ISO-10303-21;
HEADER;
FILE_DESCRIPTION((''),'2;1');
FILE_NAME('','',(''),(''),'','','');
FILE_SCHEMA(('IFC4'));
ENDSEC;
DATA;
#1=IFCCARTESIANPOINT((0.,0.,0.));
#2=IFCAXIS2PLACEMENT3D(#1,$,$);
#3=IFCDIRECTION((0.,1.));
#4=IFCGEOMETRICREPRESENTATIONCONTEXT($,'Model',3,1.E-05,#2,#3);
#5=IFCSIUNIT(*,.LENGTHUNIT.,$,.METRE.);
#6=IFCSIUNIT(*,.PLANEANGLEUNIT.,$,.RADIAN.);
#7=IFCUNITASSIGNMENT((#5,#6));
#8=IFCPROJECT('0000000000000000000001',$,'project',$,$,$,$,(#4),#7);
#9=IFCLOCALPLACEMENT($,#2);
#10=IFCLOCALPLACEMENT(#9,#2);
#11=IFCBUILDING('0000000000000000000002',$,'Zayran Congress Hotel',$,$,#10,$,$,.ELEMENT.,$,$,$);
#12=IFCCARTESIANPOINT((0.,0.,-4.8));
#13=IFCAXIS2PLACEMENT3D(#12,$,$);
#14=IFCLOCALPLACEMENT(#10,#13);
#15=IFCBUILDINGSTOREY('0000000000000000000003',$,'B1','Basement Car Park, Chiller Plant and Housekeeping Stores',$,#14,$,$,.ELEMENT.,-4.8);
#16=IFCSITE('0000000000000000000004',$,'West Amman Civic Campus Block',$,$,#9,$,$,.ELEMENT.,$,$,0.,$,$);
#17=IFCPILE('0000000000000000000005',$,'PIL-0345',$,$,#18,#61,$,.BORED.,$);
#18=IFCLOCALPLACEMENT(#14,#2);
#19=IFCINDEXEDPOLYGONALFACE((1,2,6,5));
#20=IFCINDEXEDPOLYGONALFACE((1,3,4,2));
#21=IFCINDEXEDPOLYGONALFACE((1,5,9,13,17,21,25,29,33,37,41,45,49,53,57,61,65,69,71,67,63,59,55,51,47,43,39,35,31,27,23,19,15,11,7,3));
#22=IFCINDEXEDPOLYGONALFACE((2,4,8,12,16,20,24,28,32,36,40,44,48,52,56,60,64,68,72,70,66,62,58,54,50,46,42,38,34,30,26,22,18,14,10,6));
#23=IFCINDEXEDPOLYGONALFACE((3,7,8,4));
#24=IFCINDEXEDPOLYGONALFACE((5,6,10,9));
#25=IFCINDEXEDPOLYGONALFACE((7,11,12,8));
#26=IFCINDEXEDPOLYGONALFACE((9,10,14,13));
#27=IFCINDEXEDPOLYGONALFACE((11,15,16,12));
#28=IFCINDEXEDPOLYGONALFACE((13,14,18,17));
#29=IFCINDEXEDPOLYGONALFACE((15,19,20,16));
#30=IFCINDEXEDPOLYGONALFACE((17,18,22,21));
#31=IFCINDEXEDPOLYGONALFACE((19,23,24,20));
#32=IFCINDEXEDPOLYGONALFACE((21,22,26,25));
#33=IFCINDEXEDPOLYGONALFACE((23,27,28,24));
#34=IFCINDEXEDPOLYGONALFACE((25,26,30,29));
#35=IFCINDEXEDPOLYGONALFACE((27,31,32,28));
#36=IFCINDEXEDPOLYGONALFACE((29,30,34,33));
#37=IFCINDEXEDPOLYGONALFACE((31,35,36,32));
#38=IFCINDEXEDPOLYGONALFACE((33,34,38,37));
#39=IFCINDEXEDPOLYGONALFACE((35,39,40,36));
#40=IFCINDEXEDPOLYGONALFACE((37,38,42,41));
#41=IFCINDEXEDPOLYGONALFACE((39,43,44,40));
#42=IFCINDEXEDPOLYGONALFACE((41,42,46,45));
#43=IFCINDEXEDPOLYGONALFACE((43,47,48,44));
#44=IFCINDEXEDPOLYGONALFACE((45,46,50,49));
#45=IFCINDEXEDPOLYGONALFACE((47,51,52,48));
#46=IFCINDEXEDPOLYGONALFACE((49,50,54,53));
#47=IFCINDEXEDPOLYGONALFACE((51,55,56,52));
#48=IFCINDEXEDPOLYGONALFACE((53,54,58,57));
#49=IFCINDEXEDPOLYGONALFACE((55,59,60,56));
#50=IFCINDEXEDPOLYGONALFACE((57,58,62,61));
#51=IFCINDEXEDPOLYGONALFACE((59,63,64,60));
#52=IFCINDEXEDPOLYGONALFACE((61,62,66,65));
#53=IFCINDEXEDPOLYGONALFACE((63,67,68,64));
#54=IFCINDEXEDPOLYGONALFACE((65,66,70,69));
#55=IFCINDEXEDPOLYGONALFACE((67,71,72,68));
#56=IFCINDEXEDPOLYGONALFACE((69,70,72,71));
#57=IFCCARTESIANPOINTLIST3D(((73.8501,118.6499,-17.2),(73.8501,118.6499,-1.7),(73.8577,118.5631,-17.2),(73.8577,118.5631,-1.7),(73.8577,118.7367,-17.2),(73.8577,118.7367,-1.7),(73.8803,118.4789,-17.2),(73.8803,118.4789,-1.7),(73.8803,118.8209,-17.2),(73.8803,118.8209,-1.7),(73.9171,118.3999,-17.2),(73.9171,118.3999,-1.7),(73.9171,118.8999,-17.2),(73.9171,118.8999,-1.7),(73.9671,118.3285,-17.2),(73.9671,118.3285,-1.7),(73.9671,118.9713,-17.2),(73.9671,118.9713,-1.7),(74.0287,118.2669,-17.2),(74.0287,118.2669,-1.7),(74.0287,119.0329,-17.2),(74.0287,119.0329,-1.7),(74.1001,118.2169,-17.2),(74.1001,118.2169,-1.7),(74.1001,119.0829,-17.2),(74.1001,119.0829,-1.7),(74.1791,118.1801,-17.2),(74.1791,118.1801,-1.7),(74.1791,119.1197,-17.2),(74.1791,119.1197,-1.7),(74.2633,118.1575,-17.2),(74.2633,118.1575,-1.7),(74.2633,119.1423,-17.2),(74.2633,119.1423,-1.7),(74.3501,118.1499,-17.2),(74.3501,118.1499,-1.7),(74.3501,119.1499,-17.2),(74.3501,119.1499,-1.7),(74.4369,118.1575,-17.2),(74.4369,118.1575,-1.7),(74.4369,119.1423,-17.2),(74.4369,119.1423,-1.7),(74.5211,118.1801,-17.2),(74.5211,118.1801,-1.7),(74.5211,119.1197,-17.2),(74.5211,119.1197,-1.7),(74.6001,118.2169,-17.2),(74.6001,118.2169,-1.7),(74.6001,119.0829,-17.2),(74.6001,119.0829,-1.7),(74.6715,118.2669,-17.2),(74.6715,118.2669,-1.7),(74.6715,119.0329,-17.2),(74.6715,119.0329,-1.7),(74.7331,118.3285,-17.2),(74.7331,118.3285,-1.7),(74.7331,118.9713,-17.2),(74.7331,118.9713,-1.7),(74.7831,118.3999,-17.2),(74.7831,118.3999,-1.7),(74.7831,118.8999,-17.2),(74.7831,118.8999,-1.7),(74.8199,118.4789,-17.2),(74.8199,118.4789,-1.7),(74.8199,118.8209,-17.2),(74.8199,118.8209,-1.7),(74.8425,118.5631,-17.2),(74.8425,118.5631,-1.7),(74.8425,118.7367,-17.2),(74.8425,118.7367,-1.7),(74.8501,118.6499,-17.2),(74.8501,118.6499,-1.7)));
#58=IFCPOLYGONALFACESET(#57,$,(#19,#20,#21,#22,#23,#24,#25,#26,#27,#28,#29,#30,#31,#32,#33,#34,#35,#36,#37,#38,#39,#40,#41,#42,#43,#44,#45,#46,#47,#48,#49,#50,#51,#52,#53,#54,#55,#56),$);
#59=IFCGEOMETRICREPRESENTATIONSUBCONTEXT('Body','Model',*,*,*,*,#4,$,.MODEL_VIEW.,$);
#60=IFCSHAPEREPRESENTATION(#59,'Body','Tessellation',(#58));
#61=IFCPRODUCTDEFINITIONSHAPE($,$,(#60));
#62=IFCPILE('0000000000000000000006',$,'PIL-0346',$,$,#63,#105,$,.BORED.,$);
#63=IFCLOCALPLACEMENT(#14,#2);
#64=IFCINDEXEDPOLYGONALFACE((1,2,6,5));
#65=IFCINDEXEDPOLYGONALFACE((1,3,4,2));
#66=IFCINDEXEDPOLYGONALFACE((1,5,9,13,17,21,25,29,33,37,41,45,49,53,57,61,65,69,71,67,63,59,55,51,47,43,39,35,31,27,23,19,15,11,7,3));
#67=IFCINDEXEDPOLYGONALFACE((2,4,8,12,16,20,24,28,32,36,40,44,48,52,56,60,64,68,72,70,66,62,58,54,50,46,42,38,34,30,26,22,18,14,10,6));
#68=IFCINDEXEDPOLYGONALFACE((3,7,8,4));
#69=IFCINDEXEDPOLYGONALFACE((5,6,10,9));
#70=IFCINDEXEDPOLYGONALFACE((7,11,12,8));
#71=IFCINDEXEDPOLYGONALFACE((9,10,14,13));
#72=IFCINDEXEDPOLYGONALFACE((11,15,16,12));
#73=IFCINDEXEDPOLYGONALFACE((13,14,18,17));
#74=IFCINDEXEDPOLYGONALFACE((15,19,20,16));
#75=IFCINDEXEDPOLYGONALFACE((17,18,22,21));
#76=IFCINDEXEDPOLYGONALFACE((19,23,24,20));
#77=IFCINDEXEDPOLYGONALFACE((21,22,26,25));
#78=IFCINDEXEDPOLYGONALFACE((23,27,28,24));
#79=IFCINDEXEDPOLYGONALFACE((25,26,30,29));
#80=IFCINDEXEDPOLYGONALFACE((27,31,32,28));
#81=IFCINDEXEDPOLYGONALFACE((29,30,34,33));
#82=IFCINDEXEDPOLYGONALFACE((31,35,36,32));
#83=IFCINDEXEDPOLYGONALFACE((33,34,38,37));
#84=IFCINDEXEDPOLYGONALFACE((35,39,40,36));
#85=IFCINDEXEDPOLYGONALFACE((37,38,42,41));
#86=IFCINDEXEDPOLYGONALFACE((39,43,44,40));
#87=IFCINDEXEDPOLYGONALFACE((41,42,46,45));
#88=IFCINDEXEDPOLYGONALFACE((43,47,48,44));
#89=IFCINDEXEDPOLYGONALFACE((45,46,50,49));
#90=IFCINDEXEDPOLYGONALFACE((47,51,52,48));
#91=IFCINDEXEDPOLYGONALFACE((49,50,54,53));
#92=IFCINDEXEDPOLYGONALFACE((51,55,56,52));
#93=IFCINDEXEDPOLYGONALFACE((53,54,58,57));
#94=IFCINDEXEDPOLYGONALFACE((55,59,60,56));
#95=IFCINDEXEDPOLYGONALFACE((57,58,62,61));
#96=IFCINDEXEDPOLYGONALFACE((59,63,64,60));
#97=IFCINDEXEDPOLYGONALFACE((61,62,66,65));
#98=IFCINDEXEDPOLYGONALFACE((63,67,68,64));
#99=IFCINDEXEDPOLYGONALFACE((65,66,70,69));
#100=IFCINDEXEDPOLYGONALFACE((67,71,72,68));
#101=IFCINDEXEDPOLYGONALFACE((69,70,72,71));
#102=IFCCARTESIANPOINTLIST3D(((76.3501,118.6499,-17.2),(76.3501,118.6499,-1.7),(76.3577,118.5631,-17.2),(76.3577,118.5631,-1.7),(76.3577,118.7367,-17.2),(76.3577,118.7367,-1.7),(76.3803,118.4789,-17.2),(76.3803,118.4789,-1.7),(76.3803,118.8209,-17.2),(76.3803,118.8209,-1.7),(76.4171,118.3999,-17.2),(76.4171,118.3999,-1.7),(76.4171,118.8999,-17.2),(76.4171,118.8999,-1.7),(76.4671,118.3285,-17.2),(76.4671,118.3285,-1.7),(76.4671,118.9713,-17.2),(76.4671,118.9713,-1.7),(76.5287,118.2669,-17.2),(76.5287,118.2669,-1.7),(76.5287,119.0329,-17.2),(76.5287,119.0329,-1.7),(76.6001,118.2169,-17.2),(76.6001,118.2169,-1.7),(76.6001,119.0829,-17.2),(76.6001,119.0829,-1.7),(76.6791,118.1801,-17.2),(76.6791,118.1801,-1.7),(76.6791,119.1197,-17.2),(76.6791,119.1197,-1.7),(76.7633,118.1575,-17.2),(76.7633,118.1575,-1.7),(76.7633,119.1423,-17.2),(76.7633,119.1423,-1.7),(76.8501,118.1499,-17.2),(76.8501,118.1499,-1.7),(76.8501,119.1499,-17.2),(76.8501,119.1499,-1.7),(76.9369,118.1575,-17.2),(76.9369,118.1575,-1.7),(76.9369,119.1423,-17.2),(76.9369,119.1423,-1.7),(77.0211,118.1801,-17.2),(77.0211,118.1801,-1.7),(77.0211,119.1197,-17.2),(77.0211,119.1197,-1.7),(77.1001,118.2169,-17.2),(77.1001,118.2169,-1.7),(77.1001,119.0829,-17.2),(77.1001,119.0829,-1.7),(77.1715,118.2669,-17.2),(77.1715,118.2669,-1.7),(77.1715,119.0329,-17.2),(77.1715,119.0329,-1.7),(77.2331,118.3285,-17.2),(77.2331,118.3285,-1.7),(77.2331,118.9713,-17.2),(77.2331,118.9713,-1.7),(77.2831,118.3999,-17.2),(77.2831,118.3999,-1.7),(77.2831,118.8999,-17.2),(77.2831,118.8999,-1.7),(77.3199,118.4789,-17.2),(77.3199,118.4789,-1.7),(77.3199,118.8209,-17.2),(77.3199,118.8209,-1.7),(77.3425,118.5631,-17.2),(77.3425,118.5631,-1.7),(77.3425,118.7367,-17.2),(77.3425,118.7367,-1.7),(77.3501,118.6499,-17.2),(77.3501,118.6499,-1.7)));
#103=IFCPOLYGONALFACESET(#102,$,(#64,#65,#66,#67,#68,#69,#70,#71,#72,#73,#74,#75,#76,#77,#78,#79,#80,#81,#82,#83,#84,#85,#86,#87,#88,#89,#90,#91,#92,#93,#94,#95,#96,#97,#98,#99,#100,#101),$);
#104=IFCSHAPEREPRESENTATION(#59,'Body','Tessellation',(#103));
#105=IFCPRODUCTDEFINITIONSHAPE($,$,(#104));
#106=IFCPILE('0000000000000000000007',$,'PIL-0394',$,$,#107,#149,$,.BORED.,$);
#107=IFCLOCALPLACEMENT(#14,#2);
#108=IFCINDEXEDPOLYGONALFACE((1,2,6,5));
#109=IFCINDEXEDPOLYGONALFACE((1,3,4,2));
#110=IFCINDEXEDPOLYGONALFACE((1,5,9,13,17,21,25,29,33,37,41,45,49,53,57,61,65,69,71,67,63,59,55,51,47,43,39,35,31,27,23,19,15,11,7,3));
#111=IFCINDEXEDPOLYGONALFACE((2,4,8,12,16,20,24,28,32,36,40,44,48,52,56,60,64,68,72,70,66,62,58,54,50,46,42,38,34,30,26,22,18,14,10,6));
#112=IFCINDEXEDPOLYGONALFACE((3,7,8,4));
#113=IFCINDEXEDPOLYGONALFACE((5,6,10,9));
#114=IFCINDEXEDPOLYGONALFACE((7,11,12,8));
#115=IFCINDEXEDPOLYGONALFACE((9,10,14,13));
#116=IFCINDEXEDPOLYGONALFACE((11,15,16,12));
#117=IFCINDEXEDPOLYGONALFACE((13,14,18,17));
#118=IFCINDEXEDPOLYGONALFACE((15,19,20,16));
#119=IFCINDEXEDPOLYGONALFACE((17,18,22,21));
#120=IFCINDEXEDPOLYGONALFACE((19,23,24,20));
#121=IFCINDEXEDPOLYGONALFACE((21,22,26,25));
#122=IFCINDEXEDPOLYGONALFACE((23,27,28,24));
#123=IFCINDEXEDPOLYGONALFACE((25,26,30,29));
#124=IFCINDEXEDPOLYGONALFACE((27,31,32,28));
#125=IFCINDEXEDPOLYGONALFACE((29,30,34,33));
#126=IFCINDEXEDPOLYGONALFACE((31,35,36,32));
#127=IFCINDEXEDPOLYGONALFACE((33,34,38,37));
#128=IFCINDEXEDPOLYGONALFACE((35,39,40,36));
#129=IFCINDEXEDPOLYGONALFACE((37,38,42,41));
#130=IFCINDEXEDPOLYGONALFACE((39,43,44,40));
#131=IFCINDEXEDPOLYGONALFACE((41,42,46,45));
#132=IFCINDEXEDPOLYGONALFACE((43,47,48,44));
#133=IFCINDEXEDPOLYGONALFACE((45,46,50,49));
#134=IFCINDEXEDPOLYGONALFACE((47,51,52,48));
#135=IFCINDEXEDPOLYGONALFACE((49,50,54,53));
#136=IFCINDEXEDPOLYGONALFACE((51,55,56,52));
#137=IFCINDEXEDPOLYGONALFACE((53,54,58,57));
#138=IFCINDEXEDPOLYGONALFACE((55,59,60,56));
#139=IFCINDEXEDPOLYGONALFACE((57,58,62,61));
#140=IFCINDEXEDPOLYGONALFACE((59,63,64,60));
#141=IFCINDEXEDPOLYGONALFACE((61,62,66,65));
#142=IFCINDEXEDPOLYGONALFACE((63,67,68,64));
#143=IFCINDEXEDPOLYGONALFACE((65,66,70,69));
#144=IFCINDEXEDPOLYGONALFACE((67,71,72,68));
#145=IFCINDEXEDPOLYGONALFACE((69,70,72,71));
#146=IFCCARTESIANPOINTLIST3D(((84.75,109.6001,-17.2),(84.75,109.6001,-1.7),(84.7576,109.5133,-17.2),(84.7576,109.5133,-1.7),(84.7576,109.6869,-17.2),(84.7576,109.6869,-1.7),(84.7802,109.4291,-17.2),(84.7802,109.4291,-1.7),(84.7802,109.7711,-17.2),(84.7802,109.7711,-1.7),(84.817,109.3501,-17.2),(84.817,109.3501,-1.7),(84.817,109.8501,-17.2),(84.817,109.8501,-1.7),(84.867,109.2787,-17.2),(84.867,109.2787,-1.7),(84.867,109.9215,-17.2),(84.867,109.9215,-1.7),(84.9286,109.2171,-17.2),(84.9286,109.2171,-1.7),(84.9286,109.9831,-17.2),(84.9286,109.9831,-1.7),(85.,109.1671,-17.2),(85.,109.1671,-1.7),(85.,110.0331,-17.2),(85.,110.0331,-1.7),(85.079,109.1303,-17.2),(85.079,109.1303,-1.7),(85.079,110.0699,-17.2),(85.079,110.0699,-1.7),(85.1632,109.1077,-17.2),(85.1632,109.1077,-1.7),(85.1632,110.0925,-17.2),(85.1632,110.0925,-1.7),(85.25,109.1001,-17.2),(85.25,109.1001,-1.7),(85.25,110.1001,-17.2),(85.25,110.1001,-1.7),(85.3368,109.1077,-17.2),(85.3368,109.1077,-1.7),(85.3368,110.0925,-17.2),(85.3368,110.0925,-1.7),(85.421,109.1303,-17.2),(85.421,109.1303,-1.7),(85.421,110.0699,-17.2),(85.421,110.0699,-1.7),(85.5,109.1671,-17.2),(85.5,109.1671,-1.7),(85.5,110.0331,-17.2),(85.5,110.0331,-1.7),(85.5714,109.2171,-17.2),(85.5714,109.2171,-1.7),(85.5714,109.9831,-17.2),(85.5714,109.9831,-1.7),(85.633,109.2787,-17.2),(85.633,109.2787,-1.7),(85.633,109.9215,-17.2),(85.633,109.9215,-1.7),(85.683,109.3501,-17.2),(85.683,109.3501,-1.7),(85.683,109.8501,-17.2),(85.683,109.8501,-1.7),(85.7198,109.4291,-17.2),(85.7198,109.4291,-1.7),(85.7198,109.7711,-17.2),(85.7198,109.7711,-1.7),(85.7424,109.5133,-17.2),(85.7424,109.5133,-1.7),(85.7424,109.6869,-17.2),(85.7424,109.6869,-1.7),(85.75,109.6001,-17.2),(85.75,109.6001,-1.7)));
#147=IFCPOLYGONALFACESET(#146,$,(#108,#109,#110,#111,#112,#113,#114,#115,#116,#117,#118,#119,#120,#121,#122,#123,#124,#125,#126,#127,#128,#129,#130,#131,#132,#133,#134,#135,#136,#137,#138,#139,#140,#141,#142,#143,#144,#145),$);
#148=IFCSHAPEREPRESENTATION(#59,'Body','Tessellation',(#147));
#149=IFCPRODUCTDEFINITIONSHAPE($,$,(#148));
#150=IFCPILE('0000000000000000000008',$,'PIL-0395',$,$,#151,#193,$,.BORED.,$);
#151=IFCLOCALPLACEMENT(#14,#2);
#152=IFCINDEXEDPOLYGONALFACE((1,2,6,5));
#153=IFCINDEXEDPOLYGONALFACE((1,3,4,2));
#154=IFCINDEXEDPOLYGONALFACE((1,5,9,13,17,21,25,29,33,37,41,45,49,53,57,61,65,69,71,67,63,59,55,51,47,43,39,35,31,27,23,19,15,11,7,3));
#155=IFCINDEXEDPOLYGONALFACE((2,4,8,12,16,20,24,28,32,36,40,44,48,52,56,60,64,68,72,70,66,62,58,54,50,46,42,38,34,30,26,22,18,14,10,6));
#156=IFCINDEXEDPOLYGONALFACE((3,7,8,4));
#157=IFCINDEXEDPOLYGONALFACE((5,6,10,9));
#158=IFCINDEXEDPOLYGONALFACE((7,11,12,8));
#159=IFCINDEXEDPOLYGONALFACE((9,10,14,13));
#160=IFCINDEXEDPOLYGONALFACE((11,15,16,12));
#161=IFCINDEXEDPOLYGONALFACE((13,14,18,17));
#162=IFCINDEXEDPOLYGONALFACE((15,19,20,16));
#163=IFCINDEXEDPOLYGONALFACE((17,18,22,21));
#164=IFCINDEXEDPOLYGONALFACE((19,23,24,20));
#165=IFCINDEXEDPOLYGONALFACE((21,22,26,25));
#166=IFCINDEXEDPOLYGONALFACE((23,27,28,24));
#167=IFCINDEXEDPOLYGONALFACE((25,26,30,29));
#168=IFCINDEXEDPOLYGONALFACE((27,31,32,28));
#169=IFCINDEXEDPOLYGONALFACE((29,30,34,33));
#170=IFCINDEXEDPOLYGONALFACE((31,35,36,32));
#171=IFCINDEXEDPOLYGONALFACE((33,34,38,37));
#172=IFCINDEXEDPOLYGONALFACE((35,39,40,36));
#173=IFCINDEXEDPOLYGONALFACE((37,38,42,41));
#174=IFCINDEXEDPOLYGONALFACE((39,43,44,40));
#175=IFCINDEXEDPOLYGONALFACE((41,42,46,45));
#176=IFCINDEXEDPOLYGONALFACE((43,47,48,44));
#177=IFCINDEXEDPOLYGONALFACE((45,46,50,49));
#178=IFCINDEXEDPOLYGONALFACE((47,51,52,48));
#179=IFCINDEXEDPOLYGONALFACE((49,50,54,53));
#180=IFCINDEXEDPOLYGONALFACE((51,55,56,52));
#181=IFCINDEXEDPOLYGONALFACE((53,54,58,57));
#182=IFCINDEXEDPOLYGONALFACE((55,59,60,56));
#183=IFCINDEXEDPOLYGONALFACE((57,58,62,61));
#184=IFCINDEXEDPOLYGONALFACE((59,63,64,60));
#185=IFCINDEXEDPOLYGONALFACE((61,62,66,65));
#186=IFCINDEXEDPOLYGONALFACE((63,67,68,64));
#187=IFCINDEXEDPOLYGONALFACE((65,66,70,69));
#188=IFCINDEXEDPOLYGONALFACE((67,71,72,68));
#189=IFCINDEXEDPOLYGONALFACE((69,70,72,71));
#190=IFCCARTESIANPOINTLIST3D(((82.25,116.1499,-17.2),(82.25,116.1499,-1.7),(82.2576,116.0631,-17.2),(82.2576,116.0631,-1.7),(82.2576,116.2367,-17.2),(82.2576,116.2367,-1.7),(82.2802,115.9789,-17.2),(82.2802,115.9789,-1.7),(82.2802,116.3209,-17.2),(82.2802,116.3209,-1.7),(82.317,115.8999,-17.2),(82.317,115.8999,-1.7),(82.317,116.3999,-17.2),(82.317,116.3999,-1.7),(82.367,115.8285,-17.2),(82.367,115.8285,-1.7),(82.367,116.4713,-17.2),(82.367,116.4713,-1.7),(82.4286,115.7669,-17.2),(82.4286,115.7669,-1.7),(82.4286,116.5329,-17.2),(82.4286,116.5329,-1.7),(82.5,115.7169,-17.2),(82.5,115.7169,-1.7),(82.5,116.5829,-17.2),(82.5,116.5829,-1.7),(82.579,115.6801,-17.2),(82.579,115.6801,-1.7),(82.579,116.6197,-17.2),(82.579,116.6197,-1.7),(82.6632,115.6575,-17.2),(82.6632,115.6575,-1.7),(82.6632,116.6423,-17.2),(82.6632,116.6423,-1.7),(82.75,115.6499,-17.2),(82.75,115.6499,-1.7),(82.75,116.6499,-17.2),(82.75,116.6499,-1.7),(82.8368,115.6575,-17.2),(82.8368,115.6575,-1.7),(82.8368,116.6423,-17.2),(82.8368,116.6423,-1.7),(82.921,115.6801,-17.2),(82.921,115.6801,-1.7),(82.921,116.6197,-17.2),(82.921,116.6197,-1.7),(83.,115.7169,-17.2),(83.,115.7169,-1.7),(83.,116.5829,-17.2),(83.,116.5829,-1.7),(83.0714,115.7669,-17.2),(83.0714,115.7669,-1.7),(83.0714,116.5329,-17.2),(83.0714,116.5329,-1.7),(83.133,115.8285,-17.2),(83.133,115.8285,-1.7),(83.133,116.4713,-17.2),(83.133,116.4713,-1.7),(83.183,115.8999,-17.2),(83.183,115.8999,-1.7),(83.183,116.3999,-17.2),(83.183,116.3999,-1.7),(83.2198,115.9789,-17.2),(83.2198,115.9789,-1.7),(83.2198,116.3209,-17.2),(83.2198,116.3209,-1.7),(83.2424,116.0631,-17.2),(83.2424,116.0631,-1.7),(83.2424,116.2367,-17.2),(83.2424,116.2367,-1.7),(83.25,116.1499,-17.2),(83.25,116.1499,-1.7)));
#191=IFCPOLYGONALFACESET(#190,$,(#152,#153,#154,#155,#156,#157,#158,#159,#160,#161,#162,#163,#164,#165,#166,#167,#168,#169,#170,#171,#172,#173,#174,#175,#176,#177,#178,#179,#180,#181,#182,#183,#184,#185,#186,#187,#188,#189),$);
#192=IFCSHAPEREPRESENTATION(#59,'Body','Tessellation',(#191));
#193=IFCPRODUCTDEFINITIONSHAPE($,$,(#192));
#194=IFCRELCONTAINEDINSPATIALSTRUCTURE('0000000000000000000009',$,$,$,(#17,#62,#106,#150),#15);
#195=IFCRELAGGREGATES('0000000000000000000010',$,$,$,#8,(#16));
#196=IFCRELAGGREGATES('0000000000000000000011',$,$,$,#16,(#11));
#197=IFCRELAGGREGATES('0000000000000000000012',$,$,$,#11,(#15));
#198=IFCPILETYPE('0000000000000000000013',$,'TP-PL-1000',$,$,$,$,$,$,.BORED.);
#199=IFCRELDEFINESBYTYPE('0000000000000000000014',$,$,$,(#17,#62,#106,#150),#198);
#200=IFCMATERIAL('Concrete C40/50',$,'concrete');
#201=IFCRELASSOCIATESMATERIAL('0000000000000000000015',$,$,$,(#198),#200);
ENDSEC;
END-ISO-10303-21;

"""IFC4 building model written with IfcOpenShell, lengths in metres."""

from ifc_helpers import new_model, si_unit, direction, frame, origin, origin_2d, place, context, subcontext, project, spatial, circle, extrude, material, material_profile, profile_set, type_object, element, save


model = new_model("IFC4")

# Units and contexts
model_context = context("Model", 3, precision=1e-05, world=origin(), true_north=direction((0.0, 1.0)))
body_context = subcontext(model_context, "Body", "Model", "MODEL_VIEW")
ifc_project = project(units=[si_unit("LENGTHUNIT", "METRE"), si_unit("PLANEANGLEUNIT", "RADIAN")], contexts=[model_context])

# Site, building, storey
site_placement = place(None, origin())
site = spatial("IfcSite", under=ifc_project, at=site_placement, Name="West Amman Civic Campus Block", CompositionType="ELEMENT", RefElevation=0.0)
building_placement = place(site_placement, origin())
building = spatial("IfcBuilding", under=site, at=building_placement, Name="Zayran Congress Hotel", CompositionType="ELEMENT")
storey_placement = place(building_placement, frame((0.0, 0.0, -4.8)))
storey = spatial("IfcBuildingStorey", under=building, at=storey_placement, Name="B1", Description="Basement Car Park, Chiller Plant and Housekeeping Stores", CompositionType="ELEMENT", Elevation=-4.8)

# Piles
ifc_material_1 = material(Name="Concrete C40/50", Category="concrete")
ifc_material_profile_1 = material_profile(ifc_material_1, circle(Radius=0.5, at=origin_2d()), Name="PILE D1000")
ifc_profile_set_1 = profile_set([ifc_material_profile_1], Name="Concrete C40/50")
pile_type = type_object("IfcPileType", Name="TP-PL-1000", PredefinedType="BORED", material=ifc_profile_set_1)
for number, where, z_axis, x_axis, name in (
    (1, (74.3501, 118.6499, -1.7), (0.0, 0.0, -1.0), (1.0, 0.0, 0.0), "PIL-0345"),
    (2, (76.8501, 118.6499, -1.7), (0.0, 0.0, -1.0), (1.0, 0.0, 0.0), "PIL-0346"),
    (3, (85.25, 109.6001, -1.7), (0.0, 0.0, -1.0), (1.0, 0.0, 0.0), "PIL-0394"),
    (4, (82.75, 116.1499, -1.7), (0.0, 0.0, -1.0), (1.0, 0.0, 0.0), "PIL-0395"),
):
    element("IfcPile", number, at=place(storey_placement, frame(where, z_axis=z_axis, x_axis=x_axis)), inside=storey, type_object=pile_type, Name=name, PredefinedType="BORED", context=body_context, shape_type="SweptSolid", body=[
        extrude(circle(Radius=0.5, at=origin_2d()), origin(), (0.0, 0.0, 1.0), 15.5),
    ])

save(model, "model.ifc")
